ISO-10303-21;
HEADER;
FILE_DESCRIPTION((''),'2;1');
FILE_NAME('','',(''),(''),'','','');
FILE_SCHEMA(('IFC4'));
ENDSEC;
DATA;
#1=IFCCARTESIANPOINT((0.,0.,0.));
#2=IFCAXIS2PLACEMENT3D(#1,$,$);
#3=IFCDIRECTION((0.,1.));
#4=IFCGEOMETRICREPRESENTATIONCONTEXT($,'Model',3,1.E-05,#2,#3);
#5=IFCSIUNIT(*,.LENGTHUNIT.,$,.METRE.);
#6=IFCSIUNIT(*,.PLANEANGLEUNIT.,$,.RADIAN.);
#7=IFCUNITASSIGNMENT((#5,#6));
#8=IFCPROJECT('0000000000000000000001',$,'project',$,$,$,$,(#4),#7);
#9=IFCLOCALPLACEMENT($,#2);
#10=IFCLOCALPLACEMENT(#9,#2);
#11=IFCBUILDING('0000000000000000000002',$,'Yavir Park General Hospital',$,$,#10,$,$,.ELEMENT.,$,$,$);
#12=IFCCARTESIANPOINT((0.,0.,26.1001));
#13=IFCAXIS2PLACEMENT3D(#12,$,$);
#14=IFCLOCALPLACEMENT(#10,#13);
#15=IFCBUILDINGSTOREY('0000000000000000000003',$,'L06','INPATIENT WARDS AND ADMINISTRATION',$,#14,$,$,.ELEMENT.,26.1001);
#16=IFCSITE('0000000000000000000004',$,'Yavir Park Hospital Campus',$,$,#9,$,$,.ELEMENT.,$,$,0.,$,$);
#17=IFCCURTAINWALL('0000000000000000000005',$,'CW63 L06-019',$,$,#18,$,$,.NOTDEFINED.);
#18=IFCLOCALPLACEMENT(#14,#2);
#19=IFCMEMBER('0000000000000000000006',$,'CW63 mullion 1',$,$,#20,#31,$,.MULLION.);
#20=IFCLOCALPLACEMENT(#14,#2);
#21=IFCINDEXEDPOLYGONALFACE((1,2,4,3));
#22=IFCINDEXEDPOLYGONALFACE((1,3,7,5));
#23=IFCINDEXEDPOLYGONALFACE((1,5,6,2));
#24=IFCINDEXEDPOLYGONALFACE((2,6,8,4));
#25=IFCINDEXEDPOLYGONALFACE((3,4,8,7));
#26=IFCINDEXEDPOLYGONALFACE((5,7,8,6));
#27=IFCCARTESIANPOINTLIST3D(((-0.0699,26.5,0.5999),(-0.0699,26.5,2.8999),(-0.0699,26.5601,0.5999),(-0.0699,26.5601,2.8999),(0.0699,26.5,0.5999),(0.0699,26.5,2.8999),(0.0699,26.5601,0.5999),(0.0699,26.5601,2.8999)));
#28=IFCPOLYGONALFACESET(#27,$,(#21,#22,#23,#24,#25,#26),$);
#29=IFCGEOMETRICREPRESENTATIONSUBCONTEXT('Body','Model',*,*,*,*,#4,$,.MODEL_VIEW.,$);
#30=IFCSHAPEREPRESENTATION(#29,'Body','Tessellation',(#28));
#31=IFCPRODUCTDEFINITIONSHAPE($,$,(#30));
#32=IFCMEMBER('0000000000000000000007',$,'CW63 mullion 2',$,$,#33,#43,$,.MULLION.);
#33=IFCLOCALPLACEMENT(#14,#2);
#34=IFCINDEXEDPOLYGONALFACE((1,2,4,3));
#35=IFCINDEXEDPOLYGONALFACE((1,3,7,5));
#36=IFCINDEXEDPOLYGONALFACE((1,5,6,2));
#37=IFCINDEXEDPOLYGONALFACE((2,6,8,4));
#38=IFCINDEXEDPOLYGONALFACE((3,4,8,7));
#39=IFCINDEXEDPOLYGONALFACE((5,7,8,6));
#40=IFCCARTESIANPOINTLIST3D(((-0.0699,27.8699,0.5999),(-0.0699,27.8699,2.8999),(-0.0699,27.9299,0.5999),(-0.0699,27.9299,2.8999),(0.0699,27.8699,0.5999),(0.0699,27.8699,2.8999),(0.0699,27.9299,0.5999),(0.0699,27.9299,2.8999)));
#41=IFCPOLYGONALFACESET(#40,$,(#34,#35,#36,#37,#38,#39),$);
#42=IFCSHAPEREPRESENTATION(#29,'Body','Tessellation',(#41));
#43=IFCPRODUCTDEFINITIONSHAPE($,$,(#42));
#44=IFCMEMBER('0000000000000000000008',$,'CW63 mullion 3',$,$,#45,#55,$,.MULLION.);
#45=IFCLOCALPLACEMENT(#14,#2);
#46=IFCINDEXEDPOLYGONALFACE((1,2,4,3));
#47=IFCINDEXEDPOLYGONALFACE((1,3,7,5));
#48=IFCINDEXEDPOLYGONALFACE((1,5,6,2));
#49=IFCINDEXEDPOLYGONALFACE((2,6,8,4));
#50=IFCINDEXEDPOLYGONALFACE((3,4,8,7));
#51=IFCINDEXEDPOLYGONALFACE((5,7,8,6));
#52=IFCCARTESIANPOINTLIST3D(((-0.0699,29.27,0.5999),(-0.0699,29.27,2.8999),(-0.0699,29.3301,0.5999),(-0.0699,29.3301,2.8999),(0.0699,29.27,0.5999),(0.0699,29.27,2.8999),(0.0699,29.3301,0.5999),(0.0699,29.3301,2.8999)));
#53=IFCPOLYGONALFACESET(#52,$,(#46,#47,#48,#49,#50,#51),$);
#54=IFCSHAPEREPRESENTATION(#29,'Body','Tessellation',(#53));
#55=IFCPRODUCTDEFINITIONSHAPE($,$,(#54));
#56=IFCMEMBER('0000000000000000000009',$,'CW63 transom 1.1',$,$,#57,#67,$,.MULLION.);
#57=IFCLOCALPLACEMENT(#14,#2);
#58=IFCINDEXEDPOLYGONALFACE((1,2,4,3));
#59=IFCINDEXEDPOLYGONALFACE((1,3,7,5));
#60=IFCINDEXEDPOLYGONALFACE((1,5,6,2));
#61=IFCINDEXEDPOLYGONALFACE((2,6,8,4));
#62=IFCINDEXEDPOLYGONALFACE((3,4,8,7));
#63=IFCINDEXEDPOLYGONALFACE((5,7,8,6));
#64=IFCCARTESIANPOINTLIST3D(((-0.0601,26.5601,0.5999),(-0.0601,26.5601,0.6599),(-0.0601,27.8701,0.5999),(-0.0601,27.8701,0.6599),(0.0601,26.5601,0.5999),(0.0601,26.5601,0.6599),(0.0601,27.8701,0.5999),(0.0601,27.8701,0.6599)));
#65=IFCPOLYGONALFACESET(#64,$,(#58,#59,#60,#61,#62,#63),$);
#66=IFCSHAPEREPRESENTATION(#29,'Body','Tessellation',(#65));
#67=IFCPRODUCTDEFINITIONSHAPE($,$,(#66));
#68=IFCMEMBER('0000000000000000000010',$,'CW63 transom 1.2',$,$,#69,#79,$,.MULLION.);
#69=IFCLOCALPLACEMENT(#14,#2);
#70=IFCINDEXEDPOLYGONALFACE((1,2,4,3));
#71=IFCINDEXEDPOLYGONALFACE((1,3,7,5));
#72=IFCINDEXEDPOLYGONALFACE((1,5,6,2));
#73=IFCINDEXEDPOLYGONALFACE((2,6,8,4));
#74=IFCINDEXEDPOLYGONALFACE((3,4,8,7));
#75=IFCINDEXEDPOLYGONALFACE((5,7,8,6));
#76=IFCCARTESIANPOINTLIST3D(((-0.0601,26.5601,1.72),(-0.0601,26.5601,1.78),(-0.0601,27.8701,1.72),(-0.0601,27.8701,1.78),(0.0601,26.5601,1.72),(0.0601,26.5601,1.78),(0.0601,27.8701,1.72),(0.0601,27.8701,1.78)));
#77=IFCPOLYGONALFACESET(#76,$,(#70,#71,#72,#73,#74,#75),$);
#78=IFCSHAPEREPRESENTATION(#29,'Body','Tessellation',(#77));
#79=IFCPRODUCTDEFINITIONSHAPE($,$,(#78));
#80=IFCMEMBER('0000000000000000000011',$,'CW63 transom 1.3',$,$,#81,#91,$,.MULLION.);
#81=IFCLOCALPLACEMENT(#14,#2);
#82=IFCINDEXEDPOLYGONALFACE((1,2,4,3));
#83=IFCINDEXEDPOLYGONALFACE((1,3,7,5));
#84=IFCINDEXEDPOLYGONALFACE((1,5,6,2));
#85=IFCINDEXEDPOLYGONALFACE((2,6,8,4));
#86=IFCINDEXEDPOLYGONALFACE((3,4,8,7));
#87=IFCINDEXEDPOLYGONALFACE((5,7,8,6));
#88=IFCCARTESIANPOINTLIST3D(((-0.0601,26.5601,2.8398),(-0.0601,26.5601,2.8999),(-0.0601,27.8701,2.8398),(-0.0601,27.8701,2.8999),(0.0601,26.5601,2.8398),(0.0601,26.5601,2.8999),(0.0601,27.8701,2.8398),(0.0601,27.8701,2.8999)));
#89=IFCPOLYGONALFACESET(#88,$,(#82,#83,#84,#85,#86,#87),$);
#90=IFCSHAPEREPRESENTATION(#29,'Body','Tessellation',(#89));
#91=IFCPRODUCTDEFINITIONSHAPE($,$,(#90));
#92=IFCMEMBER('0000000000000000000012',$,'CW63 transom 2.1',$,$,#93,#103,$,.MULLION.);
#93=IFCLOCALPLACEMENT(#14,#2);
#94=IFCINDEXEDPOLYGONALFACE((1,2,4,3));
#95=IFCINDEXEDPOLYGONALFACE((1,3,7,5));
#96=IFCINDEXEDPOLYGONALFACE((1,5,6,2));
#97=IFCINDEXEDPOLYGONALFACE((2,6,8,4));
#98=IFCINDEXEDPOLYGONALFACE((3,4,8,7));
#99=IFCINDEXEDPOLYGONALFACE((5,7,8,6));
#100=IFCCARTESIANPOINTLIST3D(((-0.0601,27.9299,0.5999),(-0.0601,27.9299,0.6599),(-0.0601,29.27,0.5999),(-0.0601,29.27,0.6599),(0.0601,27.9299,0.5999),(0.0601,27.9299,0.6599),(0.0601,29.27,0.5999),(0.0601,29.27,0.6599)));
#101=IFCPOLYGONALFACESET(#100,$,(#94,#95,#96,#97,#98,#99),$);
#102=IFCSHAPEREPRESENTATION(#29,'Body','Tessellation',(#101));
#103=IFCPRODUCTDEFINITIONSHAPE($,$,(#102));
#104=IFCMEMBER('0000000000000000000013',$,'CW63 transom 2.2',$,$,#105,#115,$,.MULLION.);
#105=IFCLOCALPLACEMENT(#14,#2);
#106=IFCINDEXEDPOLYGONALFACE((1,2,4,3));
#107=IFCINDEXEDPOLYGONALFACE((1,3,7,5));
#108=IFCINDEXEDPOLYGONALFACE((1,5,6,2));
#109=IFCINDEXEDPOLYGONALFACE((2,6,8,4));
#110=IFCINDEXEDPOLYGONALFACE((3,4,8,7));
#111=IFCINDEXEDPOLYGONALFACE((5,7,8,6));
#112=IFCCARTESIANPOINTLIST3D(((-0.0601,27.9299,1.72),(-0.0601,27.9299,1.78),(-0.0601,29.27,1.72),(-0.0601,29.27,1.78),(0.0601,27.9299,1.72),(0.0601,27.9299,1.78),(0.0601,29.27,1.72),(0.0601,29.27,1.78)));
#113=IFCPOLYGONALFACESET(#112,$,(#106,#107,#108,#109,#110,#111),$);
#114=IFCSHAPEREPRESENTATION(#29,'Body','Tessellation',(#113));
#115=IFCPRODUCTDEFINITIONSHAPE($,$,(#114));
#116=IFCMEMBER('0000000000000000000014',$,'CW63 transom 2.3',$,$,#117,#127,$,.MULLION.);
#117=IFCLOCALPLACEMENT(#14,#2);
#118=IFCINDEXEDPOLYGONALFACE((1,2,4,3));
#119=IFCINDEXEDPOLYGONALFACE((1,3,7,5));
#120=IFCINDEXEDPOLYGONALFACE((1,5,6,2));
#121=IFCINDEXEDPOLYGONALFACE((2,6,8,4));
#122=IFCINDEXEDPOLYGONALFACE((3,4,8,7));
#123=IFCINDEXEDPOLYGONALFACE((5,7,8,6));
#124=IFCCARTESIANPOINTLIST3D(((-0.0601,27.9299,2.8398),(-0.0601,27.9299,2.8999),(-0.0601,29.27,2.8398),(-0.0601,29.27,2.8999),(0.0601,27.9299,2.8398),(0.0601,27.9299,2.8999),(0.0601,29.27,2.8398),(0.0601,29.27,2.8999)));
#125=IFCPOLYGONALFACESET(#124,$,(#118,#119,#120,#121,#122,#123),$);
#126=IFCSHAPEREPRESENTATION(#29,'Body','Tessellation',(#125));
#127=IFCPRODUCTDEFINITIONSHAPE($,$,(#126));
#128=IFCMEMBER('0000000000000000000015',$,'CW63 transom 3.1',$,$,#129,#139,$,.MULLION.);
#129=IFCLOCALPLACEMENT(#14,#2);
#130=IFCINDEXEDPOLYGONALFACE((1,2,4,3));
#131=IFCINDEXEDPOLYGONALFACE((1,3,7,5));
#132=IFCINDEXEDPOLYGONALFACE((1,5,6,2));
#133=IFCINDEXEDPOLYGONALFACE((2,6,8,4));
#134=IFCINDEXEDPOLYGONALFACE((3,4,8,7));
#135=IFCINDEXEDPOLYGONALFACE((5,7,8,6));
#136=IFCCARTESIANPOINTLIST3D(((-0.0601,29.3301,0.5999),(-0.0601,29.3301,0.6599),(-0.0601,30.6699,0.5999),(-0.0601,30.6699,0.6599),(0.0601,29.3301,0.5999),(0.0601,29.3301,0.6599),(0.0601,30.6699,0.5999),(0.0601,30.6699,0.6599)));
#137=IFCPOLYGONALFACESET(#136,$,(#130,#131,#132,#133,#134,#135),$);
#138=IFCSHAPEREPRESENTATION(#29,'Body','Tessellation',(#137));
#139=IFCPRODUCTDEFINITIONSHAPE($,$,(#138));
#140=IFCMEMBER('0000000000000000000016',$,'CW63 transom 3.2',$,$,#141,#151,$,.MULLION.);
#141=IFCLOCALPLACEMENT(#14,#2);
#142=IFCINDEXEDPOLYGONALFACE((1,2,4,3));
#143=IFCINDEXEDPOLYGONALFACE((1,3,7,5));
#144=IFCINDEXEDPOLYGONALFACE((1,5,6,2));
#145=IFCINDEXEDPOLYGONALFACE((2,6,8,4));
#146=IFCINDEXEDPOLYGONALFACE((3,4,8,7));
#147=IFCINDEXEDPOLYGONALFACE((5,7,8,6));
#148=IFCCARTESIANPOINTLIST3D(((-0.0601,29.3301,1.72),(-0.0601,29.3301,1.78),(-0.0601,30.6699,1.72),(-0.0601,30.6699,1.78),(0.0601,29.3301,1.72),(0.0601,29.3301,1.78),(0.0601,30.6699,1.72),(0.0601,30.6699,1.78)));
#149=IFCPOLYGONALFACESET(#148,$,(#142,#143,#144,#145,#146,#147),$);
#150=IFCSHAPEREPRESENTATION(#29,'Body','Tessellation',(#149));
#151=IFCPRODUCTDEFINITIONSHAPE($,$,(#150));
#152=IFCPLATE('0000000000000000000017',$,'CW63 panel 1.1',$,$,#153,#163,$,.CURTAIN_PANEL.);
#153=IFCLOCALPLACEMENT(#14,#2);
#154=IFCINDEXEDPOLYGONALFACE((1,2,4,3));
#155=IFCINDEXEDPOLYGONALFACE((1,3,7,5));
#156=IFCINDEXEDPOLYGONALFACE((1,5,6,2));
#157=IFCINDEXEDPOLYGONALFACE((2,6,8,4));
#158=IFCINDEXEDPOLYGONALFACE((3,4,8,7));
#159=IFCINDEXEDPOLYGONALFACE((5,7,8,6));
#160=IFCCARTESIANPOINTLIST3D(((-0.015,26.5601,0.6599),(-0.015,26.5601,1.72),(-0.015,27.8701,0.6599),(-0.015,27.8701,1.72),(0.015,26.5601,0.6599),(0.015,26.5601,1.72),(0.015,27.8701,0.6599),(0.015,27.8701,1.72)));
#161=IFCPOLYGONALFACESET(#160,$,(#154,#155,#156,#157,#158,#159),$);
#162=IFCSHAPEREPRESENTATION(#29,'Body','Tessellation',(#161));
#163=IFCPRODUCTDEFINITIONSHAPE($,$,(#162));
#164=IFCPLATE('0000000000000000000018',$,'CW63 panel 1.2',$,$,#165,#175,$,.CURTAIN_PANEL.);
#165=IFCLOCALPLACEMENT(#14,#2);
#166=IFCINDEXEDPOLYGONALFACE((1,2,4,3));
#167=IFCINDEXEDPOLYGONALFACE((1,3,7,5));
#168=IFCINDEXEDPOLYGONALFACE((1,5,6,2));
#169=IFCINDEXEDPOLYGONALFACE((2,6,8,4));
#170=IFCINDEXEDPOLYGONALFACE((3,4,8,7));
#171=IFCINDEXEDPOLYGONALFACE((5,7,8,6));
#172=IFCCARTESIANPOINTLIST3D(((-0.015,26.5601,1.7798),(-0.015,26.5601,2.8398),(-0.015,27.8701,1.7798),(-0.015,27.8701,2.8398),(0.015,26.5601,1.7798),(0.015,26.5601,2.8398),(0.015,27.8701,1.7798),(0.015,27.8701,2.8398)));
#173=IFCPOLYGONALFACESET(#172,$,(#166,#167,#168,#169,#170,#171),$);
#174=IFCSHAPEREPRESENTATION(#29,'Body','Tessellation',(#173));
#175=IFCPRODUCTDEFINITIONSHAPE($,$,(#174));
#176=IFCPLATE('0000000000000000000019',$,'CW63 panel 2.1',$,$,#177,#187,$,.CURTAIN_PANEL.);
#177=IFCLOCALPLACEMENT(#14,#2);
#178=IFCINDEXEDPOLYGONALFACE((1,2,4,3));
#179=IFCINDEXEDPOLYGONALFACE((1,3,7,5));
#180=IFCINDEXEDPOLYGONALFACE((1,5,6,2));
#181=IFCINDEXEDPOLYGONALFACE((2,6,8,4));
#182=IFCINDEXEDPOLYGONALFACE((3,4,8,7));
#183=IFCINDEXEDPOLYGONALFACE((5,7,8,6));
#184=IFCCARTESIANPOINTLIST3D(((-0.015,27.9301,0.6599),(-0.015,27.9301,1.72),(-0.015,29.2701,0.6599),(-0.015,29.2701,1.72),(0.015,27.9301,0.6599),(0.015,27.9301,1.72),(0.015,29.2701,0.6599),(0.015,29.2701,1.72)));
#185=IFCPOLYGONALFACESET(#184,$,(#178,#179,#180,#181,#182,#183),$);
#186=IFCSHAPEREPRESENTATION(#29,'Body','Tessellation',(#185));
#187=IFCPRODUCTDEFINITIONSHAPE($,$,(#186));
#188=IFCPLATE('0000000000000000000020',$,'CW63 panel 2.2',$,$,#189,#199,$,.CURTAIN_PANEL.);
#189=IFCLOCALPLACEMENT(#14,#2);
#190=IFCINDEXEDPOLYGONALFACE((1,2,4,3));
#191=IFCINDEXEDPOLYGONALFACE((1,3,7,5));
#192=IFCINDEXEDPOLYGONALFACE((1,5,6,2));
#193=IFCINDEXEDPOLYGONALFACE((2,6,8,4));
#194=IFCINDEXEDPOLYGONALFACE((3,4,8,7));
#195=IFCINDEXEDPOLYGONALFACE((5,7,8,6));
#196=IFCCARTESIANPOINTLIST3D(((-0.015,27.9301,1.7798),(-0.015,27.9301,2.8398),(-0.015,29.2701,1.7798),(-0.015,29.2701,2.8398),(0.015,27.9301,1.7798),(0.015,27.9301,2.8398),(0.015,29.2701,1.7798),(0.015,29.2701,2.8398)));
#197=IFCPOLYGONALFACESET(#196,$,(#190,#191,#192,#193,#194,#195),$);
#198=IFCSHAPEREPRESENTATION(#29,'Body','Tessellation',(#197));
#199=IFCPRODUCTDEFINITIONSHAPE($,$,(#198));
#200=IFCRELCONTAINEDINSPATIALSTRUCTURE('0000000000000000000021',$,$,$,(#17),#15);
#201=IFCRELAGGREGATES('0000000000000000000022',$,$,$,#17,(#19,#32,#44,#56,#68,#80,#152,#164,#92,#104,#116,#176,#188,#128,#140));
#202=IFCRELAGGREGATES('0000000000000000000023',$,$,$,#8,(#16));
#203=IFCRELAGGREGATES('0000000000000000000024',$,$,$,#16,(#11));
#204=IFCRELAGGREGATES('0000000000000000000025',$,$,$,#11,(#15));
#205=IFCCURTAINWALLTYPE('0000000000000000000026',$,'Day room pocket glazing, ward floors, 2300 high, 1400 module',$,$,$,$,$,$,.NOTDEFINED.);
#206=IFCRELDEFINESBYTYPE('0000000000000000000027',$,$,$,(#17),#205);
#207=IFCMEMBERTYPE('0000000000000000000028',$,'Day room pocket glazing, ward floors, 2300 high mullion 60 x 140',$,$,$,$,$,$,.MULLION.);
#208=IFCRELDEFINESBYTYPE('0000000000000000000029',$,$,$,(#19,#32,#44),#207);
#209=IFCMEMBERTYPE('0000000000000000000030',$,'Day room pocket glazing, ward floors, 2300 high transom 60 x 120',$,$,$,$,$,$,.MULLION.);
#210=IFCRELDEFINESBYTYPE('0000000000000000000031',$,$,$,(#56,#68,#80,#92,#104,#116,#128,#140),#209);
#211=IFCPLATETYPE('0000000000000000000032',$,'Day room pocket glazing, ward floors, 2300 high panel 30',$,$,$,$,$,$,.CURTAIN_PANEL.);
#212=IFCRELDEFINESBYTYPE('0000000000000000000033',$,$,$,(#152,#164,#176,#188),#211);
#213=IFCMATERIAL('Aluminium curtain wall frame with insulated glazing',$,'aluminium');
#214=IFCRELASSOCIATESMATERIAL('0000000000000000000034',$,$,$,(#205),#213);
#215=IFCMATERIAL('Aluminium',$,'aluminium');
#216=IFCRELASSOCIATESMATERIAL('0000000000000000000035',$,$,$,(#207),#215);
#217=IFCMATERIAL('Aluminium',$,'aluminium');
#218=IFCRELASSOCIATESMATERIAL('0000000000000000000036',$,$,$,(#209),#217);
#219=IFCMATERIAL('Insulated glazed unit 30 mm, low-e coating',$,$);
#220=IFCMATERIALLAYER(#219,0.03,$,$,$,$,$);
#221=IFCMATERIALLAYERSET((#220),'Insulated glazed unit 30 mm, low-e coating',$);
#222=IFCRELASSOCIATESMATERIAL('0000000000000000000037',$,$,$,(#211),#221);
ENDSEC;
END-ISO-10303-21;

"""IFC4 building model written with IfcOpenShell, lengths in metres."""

from ifc_helpers import new_model, si_unit, direction, frame, origin, origin_2d, place, context, subcontext, project, spatial, rectangle, extrude, material, layer, layer_set, material_profile, profile_set, type_object, element, aggregate, save


model = new_model("IFC4")

# Units and contexts
model_context = context("Model", 3, precision=1e-05, world=origin(), true_north=direction((0.0, 1.0)))
body_context = subcontext(model_context, "Body", "Model", "MODEL_VIEW")
ifc_project = project(units=[si_unit("LENGTHUNIT", "METRE"), si_unit("PLANEANGLEUNIT", "RADIAN")], contexts=[model_context])

# Site, building, storey
site_placement = place(None, origin())
site = spatial("IfcSite", under=ifc_project, at=site_placement, Name="Yavir Park Hospital Campus", CompositionType="ELEMENT", RefElevation=0.0)
building_placement = place(site_placement, origin())
building = spatial("IfcBuilding", under=site, at=building_placement, Name="Yavir Park General Hospital", CompositionType="ELEMENT")
storey_placement = place(building_placement, frame((0.0, 0.0, 26.1001)))
storey = spatial("IfcBuildingStorey", under=building, at=storey_placement, Name="L06", Description="INPATIENT WARDS AND ADMINISTRATION", CompositionType="ELEMENT", Elevation=26.1001)

# Curtain wall, members, plates
ifc_material_1 = material(Name="Aluminium curtain wall frame with insulated glazing", Category="aluminium")
curtain_wall_type = type_object("IfcCurtainWallType", Name="Day room pocket glazing, ward floors, 2300 high, 1400 module", PredefinedType="NOTDEFINED", material=ifc_material_1)
curtain_wall_placement = place(storey_placement, origin())
curtain_wall = element("IfcCurtainWall", 1, at=curtain_wall_placement, inside=storey, type_object=curtain_wall_type, Name="CW63 L06-019", PredefinedType="NOTDEFINED")
ifc_material_2 = material(Name="Aluminium", Category="aluminium")
ifc_material_profile_1 = material_profile(ifc_material_2, rectangle(XDim=0.1399, YDim=0.0601, at=origin_2d()), Name="AL 60x140")
ifc_profile_set_1 = profile_set([ifc_material_profile_1], Name="Aluminium")
member_type_1 = type_object("IfcMemberType", Name="Day room pocket glazing, ward floors, 2300 high mullion 60 x 140", PredefinedType="MULLION", material=ifc_profile_set_1)
member_1_placement = place(storey_placement, frame((0.0, 26.53, 0.5999), z_axis=(0.0, 0.0, 1.0), x_axis=(-1.0, 0.0, 0.0)))
member_1 = element("IfcMember", 2, at=member_1_placement, type_object=member_type_1, Name="CW63 mullion 1", PredefinedType="MULLION", context=body_context, shape_type="SweptSolid", body=[
    extrude(rectangle(XDim=0.1399, YDim=0.0601, at=origin_2d()), origin(), (0.0, 0.0, 1.0), 2.3),
])
member_2_placement = place(storey_placement, frame((0.0, 27.8999, 0.5999), z_axis=(0.0, 0.0, 1.0), x_axis=(-1.0, 0.0, 0.0)))
member_2 = element("IfcMember", 3, at=member_2_placement, type_object=member_type_1, Name="CW63 mullion 2", PredefinedType="MULLION", context=body_context, shape_type="SweptSolid", body=[
    extrude(rectangle(XDim=0.1399, YDim=0.0601, at=origin_2d()), origin(), (0.0, 0.0, 1.0), 2.3),
])
member_3_placement = place(storey_placement, frame((0.0, 29.3, 0.5999), z_axis=(0.0, 0.0, 1.0), x_axis=(-1.0, 0.0, 0.0)))
member_3 = element("IfcMember", 4, at=member_3_placement, type_object=member_type_1, Name="CW63 mullion 3", PredefinedType="MULLION", context=body_context, shape_type="SweptSolid", body=[
    extrude(rectangle(XDim=0.1399, YDim=0.0601, at=origin_2d()), origin(), (0.0, 0.0, 1.0), 2.3),
])
ifc_material_3 = material(Name="Aluminium", Category="aluminium")
ifc_material_profile_2 = material_profile(ifc_material_3, rectangle(XDim=0.1201, YDim=0.0601, at=origin_2d()), Name="AL 120x60")
ifc_profile_set_2 = profile_set([ifc_material_profile_2], Name="Aluminium")
member_type_2 = type_object("IfcMemberType", Name="Day room pocket glazing, ward floors, 2300 high transom 60 x 120", PredefinedType="MULLION", material=ifc_profile_set_2)
member_4_placement = place(storey_placement, frame((0.0, 26.5601, 0.6299), z_axis=(0.0, 1.0, 0.0), x_axis=(-1.0, 0.0, 0.0)))
member_4 = element("IfcMember", 5, at=member_4_placement, type_object=member_type_2, Name="CW63 transom 1.1", PredefinedType="MULLION", context=body_context, shape_type="SweptSolid", body=[
    extrude(rectangle(XDim=0.1201, YDim=0.0601, at=origin_2d()), origin(), (0.0, 0.0, 1.0), 1.3101),
])
member_5_placement = place(storey_placement, frame((0.0, 26.5601, 1.75), z_axis=(0.0, 1.0, 0.0), x_axis=(-1.0, 0.0, 0.0)))
member_5 = element("IfcMember", 6, at=member_5_placement, type_object=member_type_2, Name="CW63 transom 1.2", PredefinedType="MULLION", context=body_context, shape_type="SweptSolid", body=[
    extrude(rectangle(XDim=0.1201, YDim=0.0601, at=origin_2d()), origin(), (0.0, 0.0, 1.0), 1.3101),
])
member_6_placement = place(storey_placement, frame((0.0, 26.5601, 2.8699), z_axis=(0.0, 1.0, 0.0), x_axis=(-1.0, 0.0, 0.0)))
member_6 = element("IfcMember", 7, at=member_6_placement, type_object=member_type_2, Name="CW63 transom 1.3", PredefinedType="MULLION", context=body_context, shape_type="SweptSolid", body=[
    extrude(rectangle(XDim=0.1201, YDim=0.0601, at=origin_2d()), origin(), (0.0, 0.0, 1.0), 1.3101),
])
member_7_placement = place(storey_placement, frame((0.0, 27.9299, 0.6299), z_axis=(0.0, 1.0, 0.0), x_axis=(-1.0, 0.0, 0.0)))
member_7 = element("IfcMember", 8, at=member_7_placement, type_object=member_type_2, Name="CW63 transom 2.1", PredefinedType="MULLION", context=body_context, shape_type="SweptSolid", body=[
    extrude(rectangle(XDim=0.1201, YDim=0.0601, at=origin_2d()), origin(), (0.0, 0.0, 1.0), 1.3401),
])
member_8_placement = place(storey_placement, frame((0.0, 27.9299, 1.75), z_axis=(0.0, 1.0, 0.0), x_axis=(-1.0, 0.0, 0.0)))
member_8 = element("IfcMember", 9, at=member_8_placement, type_object=member_type_2, Name="CW63 transom 2.2", PredefinedType="MULLION", context=body_context, shape_type="SweptSolid", body=[
    extrude(rectangle(XDim=0.1201, YDim=0.0601, at=origin_2d()), origin(), (0.0, 0.0, 1.0), 1.3401),
])
member_9_placement = place(storey_placement, frame((0.0, 27.9299, 2.8699), z_axis=(0.0, 1.0, 0.0), x_axis=(-1.0, 0.0, 0.0)))
member_9 = element("IfcMember", 10, at=member_9_placement, type_object=member_type_2, Name="CW63 transom 2.3", PredefinedType="MULLION", context=body_context, shape_type="SweptSolid", body=[
    extrude(rectangle(XDim=0.1201, YDim=0.0601, at=origin_2d()), origin(), (0.0, 0.0, 1.0), 1.3401),
])
member_10_placement = place(storey_placement, frame((0.0, 29.3301, 0.6299), z_axis=(0.0, 1.0, 0.0), x_axis=(-1.0, 0.0, 0.0)))
member_10 = element("IfcMember", 11, at=member_10_placement, type_object=member_type_2, Name="CW63 transom 3.1", PredefinedType="MULLION", context=body_context, shape_type="SweptSolid", body=[
    extrude(rectangle(XDim=0.1201, YDim=0.0601, at=origin_2d()), origin(), (0.0, 0.0, 1.0), 1.3398),
])
member_11_placement = place(storey_placement, frame((0.0, 29.3301, 1.75), z_axis=(0.0, 1.0, 0.0), x_axis=(-1.0, 0.0, 0.0)))
member_11 = element("IfcMember", 12, at=member_11_placement, type_object=member_type_2, Name="CW63 transom 3.2", PredefinedType="MULLION", context=body_context, shape_type="SweptSolid", body=[
    extrude(rectangle(XDim=0.1201, YDim=0.0601, at=origin_2d()), origin(), (0.0, 0.0, 1.0), 1.3398),
])
ifc_material_4 = material(Name="Insulated glazed unit 30 mm, low-e coating")
ifc_layer_1 = layer(ifc_material_4, 0.03)
ifc_layer_set_1 = layer_set([ifc_layer_1], Name="Insulated glazed unit 30 mm, low-e coating")
plate_type = type_object("IfcPlateType", Name="Day room pocket glazing, ward floors, 2300 high panel 30", PredefinedType="CURTAIN_PANEL", material=ifc_layer_set_1)
plate_1_placement = place(storey_placement, frame((0.0, 27.2151, 0.6599), z_axis=(0.0, 0.0, 1.0), x_axis=(0.0, 1.0, 0.0)))
plate_1 = element("IfcPlate", 13, at=plate_1_placement, type_object=plate_type, Name="CW63 panel 1.1", PredefinedType="CURTAIN_PANEL", context=body_context, shape_type="SweptSolid", body=[
    extrude(rectangle(XDim=1.3101, YDim=0.03, at=origin_2d()), origin(), (0.0, 0.0, 1.0), 1.0601),
])
plate_2_placement = place(storey_placement, frame((0.0, 27.2151, 1.7798), z_axis=(0.0, 0.0, 1.0), x_axis=(0.0, 1.0, 0.0)))
plate_2 = element("IfcPlate", 14, at=plate_2_placement, type_object=plate_type, Name="CW63 panel 1.2", PredefinedType="CURTAIN_PANEL", context=body_context, shape_type="SweptSolid", body=[
    extrude(rectangle(XDim=1.3101, YDim=0.03, at=origin_2d()), origin(), (0.0, 0.0, 1.0), 1.0601),
])
plate_3_placement = place(storey_placement, frame((0.0, 28.6001, 0.6599), z_axis=(0.0, 0.0, 1.0), x_axis=(0.0, 1.0, 0.0)))
plate_3 = element("IfcPlate", 15, at=plate_3_placement, type_object=plate_type, Name="CW63 panel 2.1", PredefinedType="CURTAIN_PANEL", context=body_context, shape_type="SweptSolid", body=[
    extrude(rectangle(XDim=1.3401, YDim=0.03, at=origin_2d()), origin(), (0.0, 0.0, 1.0), 1.0601),
])
plate_4_placement = place(storey_placement, frame((0.0, 28.6001, 1.7798), z_axis=(0.0, 0.0, 1.0), x_axis=(0.0, 1.0, 0.0)))
plate_4 = element("IfcPlate", 16, at=plate_4_placement, type_object=plate_type, Name="CW63 panel 2.2", PredefinedType="CURTAIN_PANEL", context=body_context, shape_type="SweptSolid", body=[
    extrude(rectangle(XDim=1.3401, YDim=0.03, at=origin_2d()), origin(), (0.0, 0.0, 1.0), 1.0601),
])
aggregate(curtain_wall, [member_1, member_2, member_3, member_4, member_5, member_6, plate_1, plate_2, member_7, member_8, member_9, plate_3, plate_4, member_10, member_11])

save(model, "model.ifc")
